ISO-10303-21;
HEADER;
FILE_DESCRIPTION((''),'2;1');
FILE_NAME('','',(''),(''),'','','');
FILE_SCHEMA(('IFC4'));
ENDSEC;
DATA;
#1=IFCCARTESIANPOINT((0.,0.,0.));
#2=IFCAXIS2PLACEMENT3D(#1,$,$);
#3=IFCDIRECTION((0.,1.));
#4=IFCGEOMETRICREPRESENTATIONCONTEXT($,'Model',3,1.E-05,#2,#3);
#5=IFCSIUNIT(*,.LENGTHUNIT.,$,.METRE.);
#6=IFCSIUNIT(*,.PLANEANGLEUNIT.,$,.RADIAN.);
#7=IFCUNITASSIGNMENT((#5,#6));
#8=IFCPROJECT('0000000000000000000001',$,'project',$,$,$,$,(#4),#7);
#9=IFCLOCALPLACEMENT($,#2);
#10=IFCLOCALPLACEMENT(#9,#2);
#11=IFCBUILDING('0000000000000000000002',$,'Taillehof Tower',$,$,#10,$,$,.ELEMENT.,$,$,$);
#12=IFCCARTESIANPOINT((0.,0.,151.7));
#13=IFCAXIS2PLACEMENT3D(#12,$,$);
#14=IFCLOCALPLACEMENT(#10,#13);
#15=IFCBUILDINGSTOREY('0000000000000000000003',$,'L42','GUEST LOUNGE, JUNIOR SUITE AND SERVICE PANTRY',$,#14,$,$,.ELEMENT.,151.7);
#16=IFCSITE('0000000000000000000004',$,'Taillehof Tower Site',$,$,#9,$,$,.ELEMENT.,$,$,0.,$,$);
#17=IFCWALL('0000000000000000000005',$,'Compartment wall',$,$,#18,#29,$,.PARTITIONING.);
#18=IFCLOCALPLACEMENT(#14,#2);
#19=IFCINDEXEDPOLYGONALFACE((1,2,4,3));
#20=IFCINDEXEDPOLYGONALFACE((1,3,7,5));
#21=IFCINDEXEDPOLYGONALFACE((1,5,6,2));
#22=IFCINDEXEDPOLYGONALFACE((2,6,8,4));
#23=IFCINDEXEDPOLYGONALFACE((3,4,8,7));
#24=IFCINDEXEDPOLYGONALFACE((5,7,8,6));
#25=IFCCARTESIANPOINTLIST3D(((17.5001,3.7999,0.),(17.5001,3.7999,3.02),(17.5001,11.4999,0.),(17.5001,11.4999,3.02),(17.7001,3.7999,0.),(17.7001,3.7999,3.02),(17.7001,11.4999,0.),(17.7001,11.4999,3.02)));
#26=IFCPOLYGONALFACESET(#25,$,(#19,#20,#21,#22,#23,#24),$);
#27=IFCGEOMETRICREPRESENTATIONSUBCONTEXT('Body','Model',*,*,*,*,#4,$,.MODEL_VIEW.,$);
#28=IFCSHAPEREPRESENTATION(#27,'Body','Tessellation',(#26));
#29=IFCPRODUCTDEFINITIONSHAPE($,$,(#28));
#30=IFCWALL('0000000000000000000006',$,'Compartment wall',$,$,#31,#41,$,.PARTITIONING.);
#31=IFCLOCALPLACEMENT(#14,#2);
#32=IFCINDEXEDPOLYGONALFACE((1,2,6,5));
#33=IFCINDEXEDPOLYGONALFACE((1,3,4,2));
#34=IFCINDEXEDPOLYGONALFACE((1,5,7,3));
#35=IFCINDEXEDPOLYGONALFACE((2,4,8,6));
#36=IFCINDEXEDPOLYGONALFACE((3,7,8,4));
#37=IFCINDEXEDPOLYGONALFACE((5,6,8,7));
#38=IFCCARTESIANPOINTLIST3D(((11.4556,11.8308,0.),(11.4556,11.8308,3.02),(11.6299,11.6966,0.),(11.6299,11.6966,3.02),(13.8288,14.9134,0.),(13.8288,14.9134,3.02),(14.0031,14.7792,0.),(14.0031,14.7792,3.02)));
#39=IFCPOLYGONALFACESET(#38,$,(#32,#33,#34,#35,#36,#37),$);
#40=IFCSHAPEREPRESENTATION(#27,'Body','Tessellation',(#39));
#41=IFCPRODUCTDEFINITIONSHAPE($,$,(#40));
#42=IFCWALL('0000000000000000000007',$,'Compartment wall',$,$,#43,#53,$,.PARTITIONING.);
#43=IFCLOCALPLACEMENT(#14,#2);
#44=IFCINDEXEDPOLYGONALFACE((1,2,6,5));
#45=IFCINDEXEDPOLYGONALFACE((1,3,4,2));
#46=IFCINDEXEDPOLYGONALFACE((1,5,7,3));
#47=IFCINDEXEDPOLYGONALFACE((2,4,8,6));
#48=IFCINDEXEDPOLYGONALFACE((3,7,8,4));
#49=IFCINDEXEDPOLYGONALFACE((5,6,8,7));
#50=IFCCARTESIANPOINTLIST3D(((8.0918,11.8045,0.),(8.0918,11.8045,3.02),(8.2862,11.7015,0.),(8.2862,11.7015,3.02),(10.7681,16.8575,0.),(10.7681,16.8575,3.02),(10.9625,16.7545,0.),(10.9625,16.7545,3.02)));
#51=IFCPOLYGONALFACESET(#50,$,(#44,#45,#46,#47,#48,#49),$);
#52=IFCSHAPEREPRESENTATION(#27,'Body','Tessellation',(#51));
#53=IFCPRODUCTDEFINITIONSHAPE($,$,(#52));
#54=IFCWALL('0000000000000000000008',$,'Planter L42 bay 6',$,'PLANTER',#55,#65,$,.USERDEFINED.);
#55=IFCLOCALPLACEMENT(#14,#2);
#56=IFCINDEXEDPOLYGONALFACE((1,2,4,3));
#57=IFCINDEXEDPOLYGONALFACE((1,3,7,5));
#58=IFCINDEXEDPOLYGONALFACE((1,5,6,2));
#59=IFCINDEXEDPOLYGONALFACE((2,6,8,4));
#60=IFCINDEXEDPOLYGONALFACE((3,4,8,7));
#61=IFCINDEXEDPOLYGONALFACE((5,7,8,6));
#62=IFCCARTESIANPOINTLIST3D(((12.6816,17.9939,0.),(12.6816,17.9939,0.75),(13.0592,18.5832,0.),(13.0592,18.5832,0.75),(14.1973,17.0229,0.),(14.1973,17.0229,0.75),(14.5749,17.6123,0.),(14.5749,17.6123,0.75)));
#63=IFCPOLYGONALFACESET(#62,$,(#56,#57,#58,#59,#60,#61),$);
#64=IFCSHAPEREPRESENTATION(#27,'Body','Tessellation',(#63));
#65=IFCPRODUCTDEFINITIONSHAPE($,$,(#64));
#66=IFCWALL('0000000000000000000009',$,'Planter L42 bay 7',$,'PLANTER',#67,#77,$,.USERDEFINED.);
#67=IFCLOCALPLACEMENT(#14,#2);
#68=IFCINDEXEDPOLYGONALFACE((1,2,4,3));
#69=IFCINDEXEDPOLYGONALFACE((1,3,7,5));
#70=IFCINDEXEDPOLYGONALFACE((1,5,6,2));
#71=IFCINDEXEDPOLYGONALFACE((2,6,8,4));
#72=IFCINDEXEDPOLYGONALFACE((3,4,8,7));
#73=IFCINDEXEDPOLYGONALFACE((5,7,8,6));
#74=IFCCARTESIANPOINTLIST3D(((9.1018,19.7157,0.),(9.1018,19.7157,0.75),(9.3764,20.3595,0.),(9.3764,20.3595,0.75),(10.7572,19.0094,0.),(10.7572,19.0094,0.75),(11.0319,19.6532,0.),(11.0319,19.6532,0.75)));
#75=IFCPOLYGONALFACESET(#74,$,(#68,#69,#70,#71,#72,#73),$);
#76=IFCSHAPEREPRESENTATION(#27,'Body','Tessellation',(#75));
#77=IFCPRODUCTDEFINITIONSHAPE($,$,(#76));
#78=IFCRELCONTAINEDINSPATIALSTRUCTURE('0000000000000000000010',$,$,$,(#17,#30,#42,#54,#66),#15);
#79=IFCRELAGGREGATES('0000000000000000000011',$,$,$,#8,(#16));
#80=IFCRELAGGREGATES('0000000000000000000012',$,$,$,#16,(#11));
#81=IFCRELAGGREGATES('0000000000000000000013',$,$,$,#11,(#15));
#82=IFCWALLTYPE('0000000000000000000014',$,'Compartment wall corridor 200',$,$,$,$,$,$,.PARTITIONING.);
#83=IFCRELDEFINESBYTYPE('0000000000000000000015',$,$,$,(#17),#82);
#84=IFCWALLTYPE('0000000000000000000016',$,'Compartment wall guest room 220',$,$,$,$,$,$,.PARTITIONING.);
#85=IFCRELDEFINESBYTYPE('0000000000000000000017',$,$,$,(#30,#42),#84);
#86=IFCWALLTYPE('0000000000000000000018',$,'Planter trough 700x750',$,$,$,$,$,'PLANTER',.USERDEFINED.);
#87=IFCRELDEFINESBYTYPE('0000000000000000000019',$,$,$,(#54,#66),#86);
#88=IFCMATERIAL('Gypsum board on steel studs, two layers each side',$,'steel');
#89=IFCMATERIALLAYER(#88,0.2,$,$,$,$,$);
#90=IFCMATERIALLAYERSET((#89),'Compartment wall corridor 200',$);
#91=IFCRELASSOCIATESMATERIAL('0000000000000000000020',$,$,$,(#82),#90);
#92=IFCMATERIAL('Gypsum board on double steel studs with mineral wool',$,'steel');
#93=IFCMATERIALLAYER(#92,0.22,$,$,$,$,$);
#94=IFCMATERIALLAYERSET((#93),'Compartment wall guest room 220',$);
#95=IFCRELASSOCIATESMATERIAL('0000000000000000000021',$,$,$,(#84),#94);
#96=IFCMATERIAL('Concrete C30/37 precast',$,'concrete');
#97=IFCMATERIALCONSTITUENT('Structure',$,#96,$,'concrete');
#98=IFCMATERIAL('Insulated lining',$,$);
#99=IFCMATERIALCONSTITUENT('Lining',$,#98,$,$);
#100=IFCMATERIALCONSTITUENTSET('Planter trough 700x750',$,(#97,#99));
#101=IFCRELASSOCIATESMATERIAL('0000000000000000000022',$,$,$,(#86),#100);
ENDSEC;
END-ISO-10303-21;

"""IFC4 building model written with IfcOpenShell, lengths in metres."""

from ifc_helpers import new_model, si_unit, direction, frame, frame_2d, origin, place, context, subcontext, project, spatial, rectangle, extrude, material, layer, layer_set, constituent, constituent_set, type_object, element, save


model = new_model("IFC4")

# Units and contexts
model_context = context("Model", 3, precision=1e-05, world=origin(), true_north=direction((0.0, 1.0)))
body_context = subcontext(model_context, "Body", "Model", "MODEL_VIEW")
ifc_project = project(units=[si_unit("LENGTHUNIT", "METRE"), si_unit("PLANEANGLEUNIT", "RADIAN")], contexts=[model_context])

# Site, building, storey
site_placement = place(None, origin())
site = spatial("IfcSite", under=ifc_project, at=site_placement, Name="Taillehof Tower Site", CompositionType="ELEMENT", RefElevation=0.0)
building_placement = place(site_placement, origin())
building = spatial("IfcBuilding", under=site, at=building_placement, Name="Taillehof Tower", CompositionType="ELEMENT")
storey_placement = place(building_placement, frame((0.0, 0.0, 151.7)))
storey = spatial("IfcBuildingStorey", under=building, at=storey_placement, Name="L42", Description="GUEST LOUNGE, JUNIOR SUITE AND SERVICE PANTRY", CompositionType="ELEMENT", Elevation=151.7)

# Walls
ifc_material_1 = material(Name="Gypsum board on steel studs, two layers each side", Category="steel")
ifc_layer_1 = layer(ifc_material_1, 0.2)
ifc_layer_set_1 = layer_set([ifc_layer_1], Name="Compartment wall corridor 200")
wall_type_1 = type_object("IfcWallType", Name="Compartment wall corridor 200", PredefinedType="PARTITIONING", material=ifc_layer_set_1)
wall_1_placement = place(storey_placement, frame((17.6001, 11.5, 0.0), z_axis=(0.0, 0.0, 1.0), x_axis=(0.0, -1.0, 0.0)))
element("IfcWall", 1, at=wall_1_placement, inside=storey, type_object=wall_type_1, Name="Compartment wall", PredefinedType="PARTITIONING", context=body_context, shape_type="SweptSolid", body=[
    extrude(rectangle(XDim=7.7, YDim=0.2, at=frame_2d((3.8501, 0.0))), origin(), (0.0, 0.0, 1.0), 3.02),
])
ifc_material_2 = material(Name="Gypsum board on double steel studs with mineral wool", Category="steel")
ifc_layer_2 = layer(ifc_material_2, 0.22)
ifc_layer_set_2 = layer_set([ifc_layer_2], Name="Compartment wall guest room 220")
wall_type_2 = type_object("IfcWallType", Name="Compartment wall guest room 220", PredefinedType="PARTITIONING", material=ifc_layer_set_2)
wall_2_placement = place(storey_placement, frame((13.916, 14.8464, 0.0), z_axis=(0.0, 0.0, 1.0), x_axis=(-0.610023, -0.792384, 0.0)))
element("IfcWall", 2, at=wall_2_placement, inside=storey, type_object=wall_type_2, Name="Compartment wall", PredefinedType="PARTITIONING", context=body_context, shape_type="SweptSolid", body=[
    extrude(rectangle(XDim=3.8904, YDim=0.22, at=frame_2d((1.9453, 0.0))), origin(), (0.0, 0.0, 1.0), 3.02),
])
wall_3_placement = place(storey_placement, frame((10.8652, 16.8059, 0.0), z_axis=(0.0, 0.0, 1.0), x_axis=(-0.468047, -0.883704, 0.0)))
element("IfcWall", 3, at=wall_3_placement, inside=storey, type_object=wall_type_2, Name="Compartment wall", PredefinedType="PARTITIONING", context=body_context, shape_type="SweptSolid", body=[
    extrude(rectangle(XDim=5.718, YDim=0.22, at=frame_2d((2.8589, 0.0))), origin(), (0.0, 0.0, 1.0), 3.02),
])
ifc_material_3 = material(Name="Concrete C30/37 precast", Category="concrete")
ifc_constituent_1 = constituent(ifc_material_3, Name="Structure", Category="concrete")
ifc_material_4 = material(Name="Insulated lining")
ifc_constituent_2 = constituent(ifc_material_4, Name="Lining")
ifc_constituent_set = constituent_set(constituents=[ifc_constituent_1, ifc_constituent_2], Name="Planter trough 700x750")
wall_type_3 = type_object("IfcWallType", Name="Planter trough 700x750", ElementType="PLANTER", PredefinedType="USERDEFINED", material=ifc_constituent_set)
wall_4_placement = place(storey_placement, frame((14.386, 17.3176, 0.0), z_axis=(0.0, 0.0, 1.0), x_axis=(-0.842032, 0.539427, 0.0)))
element("IfcWall", 4, at=wall_4_placement, inside=storey, type_object=wall_type_3, Name="Planter L42 bay 6", ObjectType="PLANTER", PredefinedType="USERDEFINED", context=body_context, shape_type="SweptSolid", body=[
    extrude(rectangle(XDim=1.8, YDim=0.7, at=frame_2d((0.8999, 0.0))), origin(), (0.0, 0.0, 1.0), 0.75),
])
wall_5_placement = place(storey_placement, frame((10.8945, 19.3313, 0.0), z_axis=(0.0, 0.0, 1.0), x_axis=(-0.919789, 0.392413, 0.0)))
element("IfcWall", 5, at=wall_5_placement, inside=storey, type_object=wall_type_3, Name="Planter L42 bay 7", ObjectType="PLANTER", PredefinedType="USERDEFINED", context=body_context, shape_type="SweptSolid", body=[
    extrude(rectangle(XDim=1.7998, YDim=0.7, at=frame_2d((0.8999, 0.0))), origin(), (0.0, 0.0, 1.0), 0.75),
])

save(model, "model.ifc")
